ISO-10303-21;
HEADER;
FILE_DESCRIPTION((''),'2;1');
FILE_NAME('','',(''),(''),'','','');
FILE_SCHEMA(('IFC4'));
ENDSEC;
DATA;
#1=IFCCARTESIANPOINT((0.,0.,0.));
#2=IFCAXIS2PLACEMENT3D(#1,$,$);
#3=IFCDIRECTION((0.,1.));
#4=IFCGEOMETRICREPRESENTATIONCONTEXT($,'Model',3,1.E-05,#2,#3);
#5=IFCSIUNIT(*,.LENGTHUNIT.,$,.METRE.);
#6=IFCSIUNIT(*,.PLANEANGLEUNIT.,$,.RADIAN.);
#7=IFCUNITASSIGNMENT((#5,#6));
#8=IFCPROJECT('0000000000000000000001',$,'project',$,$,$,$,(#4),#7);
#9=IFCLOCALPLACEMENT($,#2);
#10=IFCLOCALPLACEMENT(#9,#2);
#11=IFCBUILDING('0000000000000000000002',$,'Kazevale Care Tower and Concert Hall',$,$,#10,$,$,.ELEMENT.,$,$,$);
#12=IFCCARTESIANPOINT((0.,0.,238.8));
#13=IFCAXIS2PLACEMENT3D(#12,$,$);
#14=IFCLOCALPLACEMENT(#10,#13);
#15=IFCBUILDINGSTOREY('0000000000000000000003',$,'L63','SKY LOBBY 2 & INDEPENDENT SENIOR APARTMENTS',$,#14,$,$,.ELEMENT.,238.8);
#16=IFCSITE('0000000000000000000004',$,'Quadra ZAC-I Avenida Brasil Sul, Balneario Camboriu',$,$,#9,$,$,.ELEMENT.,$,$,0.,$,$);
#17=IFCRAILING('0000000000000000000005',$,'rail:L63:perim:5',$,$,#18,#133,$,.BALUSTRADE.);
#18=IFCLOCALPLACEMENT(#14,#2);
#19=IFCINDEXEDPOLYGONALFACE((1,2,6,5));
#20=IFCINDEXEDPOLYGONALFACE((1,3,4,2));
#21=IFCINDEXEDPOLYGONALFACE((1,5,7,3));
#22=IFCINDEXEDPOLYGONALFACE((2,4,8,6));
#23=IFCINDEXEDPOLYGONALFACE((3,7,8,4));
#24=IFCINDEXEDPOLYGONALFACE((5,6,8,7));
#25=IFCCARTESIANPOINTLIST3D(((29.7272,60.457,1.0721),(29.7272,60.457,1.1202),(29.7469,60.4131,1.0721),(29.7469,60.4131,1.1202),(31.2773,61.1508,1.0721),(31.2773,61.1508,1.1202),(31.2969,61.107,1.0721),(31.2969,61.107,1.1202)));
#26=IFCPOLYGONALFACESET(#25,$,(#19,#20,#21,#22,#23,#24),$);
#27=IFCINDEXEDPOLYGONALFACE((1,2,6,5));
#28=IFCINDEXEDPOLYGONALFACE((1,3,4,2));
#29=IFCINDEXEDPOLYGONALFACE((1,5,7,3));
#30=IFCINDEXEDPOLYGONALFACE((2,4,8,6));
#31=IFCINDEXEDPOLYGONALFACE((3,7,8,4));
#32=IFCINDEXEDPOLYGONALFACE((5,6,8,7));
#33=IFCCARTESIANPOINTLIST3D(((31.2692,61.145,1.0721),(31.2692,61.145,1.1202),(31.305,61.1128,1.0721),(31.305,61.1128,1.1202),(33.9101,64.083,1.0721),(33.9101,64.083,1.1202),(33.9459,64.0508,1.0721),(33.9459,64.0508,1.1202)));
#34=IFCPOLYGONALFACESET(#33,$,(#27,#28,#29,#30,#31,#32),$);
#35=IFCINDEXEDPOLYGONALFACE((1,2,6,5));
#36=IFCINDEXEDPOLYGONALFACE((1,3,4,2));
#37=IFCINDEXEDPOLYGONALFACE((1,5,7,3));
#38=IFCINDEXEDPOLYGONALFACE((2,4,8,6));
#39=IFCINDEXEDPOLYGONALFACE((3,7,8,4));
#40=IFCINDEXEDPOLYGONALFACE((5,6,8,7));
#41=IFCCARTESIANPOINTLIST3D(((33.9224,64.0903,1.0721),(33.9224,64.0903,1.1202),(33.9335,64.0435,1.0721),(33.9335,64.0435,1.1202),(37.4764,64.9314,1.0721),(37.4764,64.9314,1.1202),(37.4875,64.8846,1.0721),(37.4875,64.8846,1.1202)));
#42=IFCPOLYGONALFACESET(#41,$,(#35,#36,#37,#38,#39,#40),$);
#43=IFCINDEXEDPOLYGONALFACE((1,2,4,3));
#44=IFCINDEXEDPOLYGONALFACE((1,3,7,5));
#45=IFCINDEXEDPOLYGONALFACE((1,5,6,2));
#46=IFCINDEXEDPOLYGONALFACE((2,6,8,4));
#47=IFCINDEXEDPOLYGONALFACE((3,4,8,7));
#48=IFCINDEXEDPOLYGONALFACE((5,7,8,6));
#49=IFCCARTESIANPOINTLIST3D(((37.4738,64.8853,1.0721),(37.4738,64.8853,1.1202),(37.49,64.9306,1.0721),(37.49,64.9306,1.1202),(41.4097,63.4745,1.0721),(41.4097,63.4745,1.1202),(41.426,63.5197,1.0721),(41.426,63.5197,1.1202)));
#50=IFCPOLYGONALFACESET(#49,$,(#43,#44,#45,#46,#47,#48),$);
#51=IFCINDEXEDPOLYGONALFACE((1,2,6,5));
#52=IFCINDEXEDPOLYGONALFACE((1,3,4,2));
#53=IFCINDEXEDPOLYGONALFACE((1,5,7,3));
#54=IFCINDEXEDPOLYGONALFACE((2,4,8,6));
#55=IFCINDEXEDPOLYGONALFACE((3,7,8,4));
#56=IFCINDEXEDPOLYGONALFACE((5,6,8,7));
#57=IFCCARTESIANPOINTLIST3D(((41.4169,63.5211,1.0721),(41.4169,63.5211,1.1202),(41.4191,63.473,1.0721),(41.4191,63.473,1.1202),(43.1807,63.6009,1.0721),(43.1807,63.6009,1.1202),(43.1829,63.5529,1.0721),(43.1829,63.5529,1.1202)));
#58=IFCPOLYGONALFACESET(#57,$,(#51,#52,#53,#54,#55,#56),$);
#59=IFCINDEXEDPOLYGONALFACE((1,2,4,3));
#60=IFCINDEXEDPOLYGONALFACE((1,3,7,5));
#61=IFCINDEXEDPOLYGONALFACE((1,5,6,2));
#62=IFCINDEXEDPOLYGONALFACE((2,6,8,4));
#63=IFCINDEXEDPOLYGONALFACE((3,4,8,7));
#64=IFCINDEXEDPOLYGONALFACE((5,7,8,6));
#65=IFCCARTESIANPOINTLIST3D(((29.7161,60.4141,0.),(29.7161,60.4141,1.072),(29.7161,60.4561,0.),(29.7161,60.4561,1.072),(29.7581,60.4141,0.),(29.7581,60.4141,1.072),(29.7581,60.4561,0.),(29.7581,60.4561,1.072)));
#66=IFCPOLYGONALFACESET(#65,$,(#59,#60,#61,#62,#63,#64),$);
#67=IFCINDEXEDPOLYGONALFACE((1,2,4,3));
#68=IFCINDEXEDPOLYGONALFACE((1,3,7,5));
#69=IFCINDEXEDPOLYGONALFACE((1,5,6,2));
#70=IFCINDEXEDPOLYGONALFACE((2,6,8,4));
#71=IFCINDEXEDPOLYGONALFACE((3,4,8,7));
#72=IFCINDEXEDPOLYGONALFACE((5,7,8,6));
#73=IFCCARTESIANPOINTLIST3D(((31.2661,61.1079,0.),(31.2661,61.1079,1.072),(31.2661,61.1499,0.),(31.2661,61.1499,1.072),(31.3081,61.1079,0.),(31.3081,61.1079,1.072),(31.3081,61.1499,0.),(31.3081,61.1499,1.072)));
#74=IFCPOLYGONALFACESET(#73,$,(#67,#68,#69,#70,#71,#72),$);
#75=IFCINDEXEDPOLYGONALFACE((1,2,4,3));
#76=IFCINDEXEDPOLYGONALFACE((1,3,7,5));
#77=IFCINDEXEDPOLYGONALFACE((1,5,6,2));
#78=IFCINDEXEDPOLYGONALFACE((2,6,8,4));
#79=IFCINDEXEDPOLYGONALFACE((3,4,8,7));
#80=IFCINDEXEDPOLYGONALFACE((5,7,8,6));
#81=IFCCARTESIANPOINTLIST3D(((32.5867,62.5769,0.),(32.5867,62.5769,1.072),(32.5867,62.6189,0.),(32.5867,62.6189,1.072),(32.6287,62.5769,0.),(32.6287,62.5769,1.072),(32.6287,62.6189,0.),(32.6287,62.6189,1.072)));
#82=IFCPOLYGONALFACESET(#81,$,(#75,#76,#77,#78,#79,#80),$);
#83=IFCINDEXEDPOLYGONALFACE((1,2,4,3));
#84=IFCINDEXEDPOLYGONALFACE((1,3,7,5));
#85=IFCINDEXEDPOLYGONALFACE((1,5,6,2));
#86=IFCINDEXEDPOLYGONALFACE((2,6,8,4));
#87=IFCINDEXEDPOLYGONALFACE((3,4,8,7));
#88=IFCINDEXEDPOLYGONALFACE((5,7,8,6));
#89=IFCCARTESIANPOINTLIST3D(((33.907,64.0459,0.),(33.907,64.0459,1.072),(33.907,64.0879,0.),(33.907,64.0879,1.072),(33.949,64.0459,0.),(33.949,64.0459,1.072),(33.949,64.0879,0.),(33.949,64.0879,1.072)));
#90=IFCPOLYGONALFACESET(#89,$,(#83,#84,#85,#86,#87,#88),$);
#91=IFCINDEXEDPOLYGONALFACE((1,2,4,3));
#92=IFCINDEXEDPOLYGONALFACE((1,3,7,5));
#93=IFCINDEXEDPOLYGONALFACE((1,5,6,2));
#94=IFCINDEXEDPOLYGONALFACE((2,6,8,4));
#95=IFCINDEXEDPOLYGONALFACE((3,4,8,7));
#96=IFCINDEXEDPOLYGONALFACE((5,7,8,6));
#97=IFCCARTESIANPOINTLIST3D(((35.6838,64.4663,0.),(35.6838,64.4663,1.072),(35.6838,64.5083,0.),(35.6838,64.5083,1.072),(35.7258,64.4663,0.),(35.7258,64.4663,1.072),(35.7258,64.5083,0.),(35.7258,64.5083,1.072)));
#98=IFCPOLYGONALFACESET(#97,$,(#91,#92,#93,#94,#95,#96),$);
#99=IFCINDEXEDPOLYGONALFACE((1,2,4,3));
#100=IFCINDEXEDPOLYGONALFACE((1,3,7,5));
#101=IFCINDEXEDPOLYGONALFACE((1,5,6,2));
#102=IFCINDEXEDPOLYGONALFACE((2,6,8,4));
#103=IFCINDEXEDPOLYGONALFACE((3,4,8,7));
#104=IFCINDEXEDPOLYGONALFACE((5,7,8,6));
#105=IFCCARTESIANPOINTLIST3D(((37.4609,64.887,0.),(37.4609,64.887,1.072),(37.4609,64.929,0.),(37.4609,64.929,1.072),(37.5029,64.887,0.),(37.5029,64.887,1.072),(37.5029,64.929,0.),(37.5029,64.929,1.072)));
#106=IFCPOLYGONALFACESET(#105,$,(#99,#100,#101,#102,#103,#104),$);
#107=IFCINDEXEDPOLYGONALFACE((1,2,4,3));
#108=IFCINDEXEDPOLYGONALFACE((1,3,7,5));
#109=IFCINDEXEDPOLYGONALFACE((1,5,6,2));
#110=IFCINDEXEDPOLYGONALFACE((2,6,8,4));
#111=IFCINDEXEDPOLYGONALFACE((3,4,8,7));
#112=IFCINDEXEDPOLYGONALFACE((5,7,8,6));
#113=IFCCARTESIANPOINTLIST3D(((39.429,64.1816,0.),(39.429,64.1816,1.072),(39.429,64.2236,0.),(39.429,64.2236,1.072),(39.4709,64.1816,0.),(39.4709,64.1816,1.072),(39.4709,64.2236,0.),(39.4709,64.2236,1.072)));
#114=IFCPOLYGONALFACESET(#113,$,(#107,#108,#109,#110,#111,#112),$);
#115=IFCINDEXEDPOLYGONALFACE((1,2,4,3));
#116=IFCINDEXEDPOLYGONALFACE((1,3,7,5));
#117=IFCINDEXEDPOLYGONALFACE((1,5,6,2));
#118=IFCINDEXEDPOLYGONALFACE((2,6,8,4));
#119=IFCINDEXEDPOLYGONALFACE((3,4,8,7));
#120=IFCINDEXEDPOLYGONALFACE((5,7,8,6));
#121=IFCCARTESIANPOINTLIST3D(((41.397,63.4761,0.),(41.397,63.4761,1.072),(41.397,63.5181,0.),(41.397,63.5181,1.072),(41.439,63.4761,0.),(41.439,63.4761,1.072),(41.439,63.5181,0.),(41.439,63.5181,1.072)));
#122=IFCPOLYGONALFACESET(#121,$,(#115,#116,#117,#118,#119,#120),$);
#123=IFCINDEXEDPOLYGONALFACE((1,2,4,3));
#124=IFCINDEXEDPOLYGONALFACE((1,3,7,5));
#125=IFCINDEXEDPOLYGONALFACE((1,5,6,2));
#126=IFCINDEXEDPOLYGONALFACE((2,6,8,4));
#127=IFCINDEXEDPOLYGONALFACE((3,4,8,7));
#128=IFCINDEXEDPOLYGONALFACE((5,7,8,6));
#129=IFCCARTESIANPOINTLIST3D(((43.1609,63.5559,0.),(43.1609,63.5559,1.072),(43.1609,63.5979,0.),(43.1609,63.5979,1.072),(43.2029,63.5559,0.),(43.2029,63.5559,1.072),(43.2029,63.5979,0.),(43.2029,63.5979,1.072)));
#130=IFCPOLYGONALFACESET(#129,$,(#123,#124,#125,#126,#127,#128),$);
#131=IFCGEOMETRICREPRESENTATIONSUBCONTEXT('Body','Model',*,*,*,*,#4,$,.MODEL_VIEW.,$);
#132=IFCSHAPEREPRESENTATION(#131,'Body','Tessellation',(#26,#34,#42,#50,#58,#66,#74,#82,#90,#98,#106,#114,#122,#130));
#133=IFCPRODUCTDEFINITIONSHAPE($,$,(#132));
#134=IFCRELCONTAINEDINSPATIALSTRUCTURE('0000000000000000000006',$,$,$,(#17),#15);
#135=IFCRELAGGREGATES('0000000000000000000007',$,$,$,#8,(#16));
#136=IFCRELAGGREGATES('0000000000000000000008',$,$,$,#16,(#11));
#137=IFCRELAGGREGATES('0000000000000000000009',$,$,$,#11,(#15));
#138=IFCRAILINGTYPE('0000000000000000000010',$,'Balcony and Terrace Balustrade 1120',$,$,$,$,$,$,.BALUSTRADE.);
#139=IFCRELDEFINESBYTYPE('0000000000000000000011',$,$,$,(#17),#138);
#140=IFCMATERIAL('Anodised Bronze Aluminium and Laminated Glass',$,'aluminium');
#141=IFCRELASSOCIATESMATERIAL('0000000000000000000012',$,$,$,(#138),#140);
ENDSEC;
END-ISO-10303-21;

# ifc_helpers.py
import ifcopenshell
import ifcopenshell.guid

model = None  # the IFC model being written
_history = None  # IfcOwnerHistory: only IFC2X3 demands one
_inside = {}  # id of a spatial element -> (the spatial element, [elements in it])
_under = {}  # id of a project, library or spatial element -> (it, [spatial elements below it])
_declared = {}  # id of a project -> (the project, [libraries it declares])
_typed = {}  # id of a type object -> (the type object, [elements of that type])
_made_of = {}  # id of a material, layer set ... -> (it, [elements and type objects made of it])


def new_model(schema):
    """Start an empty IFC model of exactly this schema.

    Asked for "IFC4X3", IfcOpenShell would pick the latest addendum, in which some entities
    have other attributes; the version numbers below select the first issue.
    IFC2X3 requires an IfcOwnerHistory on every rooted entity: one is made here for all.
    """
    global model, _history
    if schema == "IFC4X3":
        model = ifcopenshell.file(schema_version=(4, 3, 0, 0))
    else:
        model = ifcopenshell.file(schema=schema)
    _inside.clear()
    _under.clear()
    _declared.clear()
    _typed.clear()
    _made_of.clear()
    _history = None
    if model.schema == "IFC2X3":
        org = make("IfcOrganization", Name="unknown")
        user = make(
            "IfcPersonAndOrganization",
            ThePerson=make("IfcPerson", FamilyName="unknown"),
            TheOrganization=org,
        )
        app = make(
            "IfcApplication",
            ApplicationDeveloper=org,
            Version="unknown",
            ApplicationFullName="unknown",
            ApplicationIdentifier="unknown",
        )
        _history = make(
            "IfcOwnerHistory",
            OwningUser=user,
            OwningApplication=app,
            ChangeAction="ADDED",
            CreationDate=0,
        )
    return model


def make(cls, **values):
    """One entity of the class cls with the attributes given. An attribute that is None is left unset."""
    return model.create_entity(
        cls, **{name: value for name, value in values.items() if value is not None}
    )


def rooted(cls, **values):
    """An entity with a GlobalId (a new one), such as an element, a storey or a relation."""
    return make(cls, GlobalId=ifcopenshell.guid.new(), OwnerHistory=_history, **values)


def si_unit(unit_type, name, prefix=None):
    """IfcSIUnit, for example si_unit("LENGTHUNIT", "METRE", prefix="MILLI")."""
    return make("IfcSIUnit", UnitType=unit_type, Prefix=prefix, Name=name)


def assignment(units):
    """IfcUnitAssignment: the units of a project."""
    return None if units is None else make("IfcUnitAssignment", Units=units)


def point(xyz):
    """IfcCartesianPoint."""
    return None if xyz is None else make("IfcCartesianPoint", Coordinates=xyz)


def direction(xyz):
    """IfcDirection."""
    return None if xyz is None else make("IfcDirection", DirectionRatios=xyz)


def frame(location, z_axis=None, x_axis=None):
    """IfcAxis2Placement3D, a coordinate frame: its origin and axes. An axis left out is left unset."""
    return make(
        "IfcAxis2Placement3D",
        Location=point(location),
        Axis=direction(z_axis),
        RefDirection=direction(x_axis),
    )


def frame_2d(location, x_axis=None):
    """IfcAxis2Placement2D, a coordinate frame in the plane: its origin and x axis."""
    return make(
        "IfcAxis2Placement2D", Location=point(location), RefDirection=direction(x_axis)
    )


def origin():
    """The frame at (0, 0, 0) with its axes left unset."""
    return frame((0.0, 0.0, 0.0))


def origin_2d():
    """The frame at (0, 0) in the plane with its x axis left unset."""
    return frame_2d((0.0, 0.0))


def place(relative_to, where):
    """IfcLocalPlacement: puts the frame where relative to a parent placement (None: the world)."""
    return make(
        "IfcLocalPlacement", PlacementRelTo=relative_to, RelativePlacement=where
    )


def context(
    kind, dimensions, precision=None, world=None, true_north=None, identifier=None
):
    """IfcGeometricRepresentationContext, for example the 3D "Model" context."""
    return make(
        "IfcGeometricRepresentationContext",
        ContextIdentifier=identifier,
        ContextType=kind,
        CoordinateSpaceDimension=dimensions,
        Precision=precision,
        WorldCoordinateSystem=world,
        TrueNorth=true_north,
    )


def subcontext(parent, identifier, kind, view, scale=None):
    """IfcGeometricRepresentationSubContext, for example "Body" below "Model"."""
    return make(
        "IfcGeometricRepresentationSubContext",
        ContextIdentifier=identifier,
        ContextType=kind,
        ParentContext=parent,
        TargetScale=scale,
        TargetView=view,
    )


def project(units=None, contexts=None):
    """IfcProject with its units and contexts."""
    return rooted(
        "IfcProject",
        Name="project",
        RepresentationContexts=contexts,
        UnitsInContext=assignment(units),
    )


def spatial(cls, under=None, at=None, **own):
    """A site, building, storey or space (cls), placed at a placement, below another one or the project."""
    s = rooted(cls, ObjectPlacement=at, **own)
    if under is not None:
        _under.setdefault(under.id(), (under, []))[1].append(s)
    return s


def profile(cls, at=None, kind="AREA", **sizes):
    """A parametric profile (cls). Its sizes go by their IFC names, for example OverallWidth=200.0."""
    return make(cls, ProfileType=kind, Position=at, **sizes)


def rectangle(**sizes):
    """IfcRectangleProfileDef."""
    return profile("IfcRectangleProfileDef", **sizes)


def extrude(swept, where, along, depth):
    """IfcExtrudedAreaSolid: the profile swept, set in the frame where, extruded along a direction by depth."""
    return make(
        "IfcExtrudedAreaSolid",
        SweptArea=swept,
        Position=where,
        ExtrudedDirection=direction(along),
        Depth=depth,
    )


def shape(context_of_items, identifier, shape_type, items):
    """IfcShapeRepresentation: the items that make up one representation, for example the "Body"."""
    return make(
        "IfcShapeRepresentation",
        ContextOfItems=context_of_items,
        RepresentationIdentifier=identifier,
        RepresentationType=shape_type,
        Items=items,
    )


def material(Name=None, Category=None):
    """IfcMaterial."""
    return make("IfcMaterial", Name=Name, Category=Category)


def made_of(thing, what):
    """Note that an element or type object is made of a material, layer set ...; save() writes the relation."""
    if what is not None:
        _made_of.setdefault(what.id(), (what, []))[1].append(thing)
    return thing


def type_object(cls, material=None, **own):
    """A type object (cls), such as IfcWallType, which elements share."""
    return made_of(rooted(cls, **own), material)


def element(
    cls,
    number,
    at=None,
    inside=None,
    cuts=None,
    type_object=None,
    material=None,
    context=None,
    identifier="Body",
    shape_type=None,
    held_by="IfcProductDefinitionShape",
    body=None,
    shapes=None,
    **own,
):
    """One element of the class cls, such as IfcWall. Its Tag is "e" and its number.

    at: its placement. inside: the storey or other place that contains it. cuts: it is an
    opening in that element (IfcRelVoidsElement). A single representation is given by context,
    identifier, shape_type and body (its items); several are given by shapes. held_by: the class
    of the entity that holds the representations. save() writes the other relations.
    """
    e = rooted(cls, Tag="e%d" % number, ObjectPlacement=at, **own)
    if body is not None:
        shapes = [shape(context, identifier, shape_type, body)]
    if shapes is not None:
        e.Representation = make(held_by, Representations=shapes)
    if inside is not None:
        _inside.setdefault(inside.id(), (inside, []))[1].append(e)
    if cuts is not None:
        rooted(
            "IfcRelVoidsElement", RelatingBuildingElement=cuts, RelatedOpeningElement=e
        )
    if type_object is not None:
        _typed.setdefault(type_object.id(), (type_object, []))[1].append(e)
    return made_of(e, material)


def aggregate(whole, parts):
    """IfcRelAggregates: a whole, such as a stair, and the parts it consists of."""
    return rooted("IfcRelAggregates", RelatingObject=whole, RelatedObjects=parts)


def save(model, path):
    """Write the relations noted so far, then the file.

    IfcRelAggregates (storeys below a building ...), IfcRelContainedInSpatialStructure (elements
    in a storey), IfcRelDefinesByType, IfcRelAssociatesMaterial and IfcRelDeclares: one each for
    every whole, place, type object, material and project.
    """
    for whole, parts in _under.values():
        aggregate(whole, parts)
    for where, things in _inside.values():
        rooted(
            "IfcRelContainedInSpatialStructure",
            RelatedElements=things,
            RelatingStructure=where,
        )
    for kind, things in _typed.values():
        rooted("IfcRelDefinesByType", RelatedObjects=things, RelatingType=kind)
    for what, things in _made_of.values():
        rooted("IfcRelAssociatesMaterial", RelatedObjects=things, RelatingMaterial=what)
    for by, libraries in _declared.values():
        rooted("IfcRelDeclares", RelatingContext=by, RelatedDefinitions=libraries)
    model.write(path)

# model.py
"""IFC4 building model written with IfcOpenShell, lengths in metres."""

from ifc_helpers import new_model, si_unit, direction, frame, origin, origin_2d, place, context, subcontext, project, spatial, rectangle, extrude, material, type_object, element, save


model = new_model("IFC4")

# Units and contexts
model_context = context("Model", 3, precision=1e-05, world=origin(), true_north=direction((0.0, 1.0)))
body_context = subcontext(model_context, "Body", "Model", "MODEL_VIEW")
ifc_project = project(units=[si_unit("LENGTHUNIT", "METRE"), si_unit("PLANEANGLEUNIT", "RADIAN")], contexts=[model_context])

# Site, building, storey
site_placement = place(None, origin())
site = spatial("IfcSite", under=ifc_project, at=site_placement, Name="Quadra ZAC-I Avenida Brasil Sul, Balneario Camboriu", CompositionType="ELEMENT", RefElevation=0.0)
building_placement = place(site_placement, origin())
building = spatial("IfcBuilding", under=site, at=building_placement, Name="Kazevale Care Tower and Concert Hall", CompositionType="ELEMENT")
storey_placement = place(building_placement, frame((0.0, 0.0, 238.8)))
storey = spatial("IfcBuildingStorey", under=building, at=storey_placement, Name="L63", Description="SKY LOBBY 2 & INDEPENDENT SENIOR APARTMENTS", CompositionType="ELEMENT", Elevation=238.8)

# Railing
ifc_material_1 = material(Name="Anodised Bronze Aluminium and Laminated Glass", Category="aluminium")
railing_type = type_object("IfcRailingType", Name="Balcony and Terrace Balustrade 1120", PredefinedType="BALUSTRADE", material=ifc_material_1)
railing_1_placement = place(storey_placement, frame((29.7371, 60.4351, 0.0)))
element("IfcRailing", 1, at=railing_1_placement, inside=storey, type_object=railing_type, Name="rail:L63:perim:5", PredefinedType="BALUSTRADE", context=body_context, shape_type="SweptSolid", body=[
    extrude(rectangle(XDim=0.0481, YDim=0.0481, at=origin_2d()), frame((0.0, 0.0, 1.0962), z_axis=(0.912729, 0.408565, 0.0), x_axis=(-0.408565, 0.912729, 0.0)), (0.0, 0.0, 1.0), 1.6982),
    extrude(rectangle(XDim=0.0481, YDim=0.0481, at=origin_2d()), frame((1.55, 0.6938, 1.0962), z_axis=(0.6685, 0.743712, 0.0), x_axis=(-0.743712, 0.6685, 0.0)), (0.0, 0.0, 1.0), 3.9504),
    extrude(rectangle(XDim=0.0481, YDim=0.0481, at=origin_2d()), frame((4.1909, 3.6318, 1.0962), z_axis=(0.973121, 0.230295, 0.0), x_axis=(-0.230295, 0.973121, 0.0)), (0.0, 0.0, 1.0), 3.6521),
    extrude(rectangle(XDim=0.0481, YDim=0.0481, at=origin_2d()), frame((7.7449, 4.4729, 1.0962), z_axis=(0.94135, -0.337431, 0.0), x_axis=(0.337431, 0.94135, 0.0)), (0.0, 0.0, 1.0), 4.1812),
    extrude(rectangle(XDim=0.0481, YDim=0.0481, at=origin_2d()), frame((11.6809, 3.062, 1.0962), z_axis=(0.998977, 0.045213, 0.0), x_axis=(-0.045213, 0.998977, 0.0)), (0.0, 0.0, 1.0), 1.7656),
    extrude(rectangle(XDim=0.042, YDim=0.042, at=origin_2d()), origin(), (0.0, 0.0, 1.0), 1.072),
    extrude(rectangle(XDim=0.042, YDim=0.042, at=origin_2d()), frame((1.55, 0.6938, 0.0)), (0.0, 0.0, 1.0), 1.072),
    extrude(rectangle(XDim=0.042, YDim=0.042, at=origin_2d()), frame((2.8706, 2.1628, 0.0)), (0.0, 0.0, 1.0), 1.072),
    extrude(rectangle(XDim=0.042, YDim=0.042, at=origin_2d()), frame((4.1909, 3.6318, 0.0)), (0.0, 0.0, 1.0), 1.072),
    extrude(rectangle(XDim=0.042, YDim=0.042, at=origin_2d()), frame((5.9678, 4.0522, 0.0)), (0.0, 0.0, 1.0), 1.072),
    extrude(rectangle(XDim=0.042, YDim=0.042, at=origin_2d()), frame((7.7449, 4.4729, 0.0)), (0.0, 0.0, 1.0), 1.072),
    extrude(rectangle(XDim=0.042, YDim=0.042, at=origin_2d()), frame((9.7129, 3.7676, 0.0)), (0.0, 0.0, 1.0), 1.072),
    extrude(rectangle(XDim=0.042, YDim=0.042, at=origin_2d()), frame((11.6809, 3.062, 0.0)), (0.0, 0.0, 1.0), 1.072),
    extrude(rectangle(XDim=0.042, YDim=0.042, at=origin_2d()), frame((13.4448, 3.1418, 0.0)), (0.0, 0.0, 1.0), 1.072),
])

save(model, "model.ifc")
